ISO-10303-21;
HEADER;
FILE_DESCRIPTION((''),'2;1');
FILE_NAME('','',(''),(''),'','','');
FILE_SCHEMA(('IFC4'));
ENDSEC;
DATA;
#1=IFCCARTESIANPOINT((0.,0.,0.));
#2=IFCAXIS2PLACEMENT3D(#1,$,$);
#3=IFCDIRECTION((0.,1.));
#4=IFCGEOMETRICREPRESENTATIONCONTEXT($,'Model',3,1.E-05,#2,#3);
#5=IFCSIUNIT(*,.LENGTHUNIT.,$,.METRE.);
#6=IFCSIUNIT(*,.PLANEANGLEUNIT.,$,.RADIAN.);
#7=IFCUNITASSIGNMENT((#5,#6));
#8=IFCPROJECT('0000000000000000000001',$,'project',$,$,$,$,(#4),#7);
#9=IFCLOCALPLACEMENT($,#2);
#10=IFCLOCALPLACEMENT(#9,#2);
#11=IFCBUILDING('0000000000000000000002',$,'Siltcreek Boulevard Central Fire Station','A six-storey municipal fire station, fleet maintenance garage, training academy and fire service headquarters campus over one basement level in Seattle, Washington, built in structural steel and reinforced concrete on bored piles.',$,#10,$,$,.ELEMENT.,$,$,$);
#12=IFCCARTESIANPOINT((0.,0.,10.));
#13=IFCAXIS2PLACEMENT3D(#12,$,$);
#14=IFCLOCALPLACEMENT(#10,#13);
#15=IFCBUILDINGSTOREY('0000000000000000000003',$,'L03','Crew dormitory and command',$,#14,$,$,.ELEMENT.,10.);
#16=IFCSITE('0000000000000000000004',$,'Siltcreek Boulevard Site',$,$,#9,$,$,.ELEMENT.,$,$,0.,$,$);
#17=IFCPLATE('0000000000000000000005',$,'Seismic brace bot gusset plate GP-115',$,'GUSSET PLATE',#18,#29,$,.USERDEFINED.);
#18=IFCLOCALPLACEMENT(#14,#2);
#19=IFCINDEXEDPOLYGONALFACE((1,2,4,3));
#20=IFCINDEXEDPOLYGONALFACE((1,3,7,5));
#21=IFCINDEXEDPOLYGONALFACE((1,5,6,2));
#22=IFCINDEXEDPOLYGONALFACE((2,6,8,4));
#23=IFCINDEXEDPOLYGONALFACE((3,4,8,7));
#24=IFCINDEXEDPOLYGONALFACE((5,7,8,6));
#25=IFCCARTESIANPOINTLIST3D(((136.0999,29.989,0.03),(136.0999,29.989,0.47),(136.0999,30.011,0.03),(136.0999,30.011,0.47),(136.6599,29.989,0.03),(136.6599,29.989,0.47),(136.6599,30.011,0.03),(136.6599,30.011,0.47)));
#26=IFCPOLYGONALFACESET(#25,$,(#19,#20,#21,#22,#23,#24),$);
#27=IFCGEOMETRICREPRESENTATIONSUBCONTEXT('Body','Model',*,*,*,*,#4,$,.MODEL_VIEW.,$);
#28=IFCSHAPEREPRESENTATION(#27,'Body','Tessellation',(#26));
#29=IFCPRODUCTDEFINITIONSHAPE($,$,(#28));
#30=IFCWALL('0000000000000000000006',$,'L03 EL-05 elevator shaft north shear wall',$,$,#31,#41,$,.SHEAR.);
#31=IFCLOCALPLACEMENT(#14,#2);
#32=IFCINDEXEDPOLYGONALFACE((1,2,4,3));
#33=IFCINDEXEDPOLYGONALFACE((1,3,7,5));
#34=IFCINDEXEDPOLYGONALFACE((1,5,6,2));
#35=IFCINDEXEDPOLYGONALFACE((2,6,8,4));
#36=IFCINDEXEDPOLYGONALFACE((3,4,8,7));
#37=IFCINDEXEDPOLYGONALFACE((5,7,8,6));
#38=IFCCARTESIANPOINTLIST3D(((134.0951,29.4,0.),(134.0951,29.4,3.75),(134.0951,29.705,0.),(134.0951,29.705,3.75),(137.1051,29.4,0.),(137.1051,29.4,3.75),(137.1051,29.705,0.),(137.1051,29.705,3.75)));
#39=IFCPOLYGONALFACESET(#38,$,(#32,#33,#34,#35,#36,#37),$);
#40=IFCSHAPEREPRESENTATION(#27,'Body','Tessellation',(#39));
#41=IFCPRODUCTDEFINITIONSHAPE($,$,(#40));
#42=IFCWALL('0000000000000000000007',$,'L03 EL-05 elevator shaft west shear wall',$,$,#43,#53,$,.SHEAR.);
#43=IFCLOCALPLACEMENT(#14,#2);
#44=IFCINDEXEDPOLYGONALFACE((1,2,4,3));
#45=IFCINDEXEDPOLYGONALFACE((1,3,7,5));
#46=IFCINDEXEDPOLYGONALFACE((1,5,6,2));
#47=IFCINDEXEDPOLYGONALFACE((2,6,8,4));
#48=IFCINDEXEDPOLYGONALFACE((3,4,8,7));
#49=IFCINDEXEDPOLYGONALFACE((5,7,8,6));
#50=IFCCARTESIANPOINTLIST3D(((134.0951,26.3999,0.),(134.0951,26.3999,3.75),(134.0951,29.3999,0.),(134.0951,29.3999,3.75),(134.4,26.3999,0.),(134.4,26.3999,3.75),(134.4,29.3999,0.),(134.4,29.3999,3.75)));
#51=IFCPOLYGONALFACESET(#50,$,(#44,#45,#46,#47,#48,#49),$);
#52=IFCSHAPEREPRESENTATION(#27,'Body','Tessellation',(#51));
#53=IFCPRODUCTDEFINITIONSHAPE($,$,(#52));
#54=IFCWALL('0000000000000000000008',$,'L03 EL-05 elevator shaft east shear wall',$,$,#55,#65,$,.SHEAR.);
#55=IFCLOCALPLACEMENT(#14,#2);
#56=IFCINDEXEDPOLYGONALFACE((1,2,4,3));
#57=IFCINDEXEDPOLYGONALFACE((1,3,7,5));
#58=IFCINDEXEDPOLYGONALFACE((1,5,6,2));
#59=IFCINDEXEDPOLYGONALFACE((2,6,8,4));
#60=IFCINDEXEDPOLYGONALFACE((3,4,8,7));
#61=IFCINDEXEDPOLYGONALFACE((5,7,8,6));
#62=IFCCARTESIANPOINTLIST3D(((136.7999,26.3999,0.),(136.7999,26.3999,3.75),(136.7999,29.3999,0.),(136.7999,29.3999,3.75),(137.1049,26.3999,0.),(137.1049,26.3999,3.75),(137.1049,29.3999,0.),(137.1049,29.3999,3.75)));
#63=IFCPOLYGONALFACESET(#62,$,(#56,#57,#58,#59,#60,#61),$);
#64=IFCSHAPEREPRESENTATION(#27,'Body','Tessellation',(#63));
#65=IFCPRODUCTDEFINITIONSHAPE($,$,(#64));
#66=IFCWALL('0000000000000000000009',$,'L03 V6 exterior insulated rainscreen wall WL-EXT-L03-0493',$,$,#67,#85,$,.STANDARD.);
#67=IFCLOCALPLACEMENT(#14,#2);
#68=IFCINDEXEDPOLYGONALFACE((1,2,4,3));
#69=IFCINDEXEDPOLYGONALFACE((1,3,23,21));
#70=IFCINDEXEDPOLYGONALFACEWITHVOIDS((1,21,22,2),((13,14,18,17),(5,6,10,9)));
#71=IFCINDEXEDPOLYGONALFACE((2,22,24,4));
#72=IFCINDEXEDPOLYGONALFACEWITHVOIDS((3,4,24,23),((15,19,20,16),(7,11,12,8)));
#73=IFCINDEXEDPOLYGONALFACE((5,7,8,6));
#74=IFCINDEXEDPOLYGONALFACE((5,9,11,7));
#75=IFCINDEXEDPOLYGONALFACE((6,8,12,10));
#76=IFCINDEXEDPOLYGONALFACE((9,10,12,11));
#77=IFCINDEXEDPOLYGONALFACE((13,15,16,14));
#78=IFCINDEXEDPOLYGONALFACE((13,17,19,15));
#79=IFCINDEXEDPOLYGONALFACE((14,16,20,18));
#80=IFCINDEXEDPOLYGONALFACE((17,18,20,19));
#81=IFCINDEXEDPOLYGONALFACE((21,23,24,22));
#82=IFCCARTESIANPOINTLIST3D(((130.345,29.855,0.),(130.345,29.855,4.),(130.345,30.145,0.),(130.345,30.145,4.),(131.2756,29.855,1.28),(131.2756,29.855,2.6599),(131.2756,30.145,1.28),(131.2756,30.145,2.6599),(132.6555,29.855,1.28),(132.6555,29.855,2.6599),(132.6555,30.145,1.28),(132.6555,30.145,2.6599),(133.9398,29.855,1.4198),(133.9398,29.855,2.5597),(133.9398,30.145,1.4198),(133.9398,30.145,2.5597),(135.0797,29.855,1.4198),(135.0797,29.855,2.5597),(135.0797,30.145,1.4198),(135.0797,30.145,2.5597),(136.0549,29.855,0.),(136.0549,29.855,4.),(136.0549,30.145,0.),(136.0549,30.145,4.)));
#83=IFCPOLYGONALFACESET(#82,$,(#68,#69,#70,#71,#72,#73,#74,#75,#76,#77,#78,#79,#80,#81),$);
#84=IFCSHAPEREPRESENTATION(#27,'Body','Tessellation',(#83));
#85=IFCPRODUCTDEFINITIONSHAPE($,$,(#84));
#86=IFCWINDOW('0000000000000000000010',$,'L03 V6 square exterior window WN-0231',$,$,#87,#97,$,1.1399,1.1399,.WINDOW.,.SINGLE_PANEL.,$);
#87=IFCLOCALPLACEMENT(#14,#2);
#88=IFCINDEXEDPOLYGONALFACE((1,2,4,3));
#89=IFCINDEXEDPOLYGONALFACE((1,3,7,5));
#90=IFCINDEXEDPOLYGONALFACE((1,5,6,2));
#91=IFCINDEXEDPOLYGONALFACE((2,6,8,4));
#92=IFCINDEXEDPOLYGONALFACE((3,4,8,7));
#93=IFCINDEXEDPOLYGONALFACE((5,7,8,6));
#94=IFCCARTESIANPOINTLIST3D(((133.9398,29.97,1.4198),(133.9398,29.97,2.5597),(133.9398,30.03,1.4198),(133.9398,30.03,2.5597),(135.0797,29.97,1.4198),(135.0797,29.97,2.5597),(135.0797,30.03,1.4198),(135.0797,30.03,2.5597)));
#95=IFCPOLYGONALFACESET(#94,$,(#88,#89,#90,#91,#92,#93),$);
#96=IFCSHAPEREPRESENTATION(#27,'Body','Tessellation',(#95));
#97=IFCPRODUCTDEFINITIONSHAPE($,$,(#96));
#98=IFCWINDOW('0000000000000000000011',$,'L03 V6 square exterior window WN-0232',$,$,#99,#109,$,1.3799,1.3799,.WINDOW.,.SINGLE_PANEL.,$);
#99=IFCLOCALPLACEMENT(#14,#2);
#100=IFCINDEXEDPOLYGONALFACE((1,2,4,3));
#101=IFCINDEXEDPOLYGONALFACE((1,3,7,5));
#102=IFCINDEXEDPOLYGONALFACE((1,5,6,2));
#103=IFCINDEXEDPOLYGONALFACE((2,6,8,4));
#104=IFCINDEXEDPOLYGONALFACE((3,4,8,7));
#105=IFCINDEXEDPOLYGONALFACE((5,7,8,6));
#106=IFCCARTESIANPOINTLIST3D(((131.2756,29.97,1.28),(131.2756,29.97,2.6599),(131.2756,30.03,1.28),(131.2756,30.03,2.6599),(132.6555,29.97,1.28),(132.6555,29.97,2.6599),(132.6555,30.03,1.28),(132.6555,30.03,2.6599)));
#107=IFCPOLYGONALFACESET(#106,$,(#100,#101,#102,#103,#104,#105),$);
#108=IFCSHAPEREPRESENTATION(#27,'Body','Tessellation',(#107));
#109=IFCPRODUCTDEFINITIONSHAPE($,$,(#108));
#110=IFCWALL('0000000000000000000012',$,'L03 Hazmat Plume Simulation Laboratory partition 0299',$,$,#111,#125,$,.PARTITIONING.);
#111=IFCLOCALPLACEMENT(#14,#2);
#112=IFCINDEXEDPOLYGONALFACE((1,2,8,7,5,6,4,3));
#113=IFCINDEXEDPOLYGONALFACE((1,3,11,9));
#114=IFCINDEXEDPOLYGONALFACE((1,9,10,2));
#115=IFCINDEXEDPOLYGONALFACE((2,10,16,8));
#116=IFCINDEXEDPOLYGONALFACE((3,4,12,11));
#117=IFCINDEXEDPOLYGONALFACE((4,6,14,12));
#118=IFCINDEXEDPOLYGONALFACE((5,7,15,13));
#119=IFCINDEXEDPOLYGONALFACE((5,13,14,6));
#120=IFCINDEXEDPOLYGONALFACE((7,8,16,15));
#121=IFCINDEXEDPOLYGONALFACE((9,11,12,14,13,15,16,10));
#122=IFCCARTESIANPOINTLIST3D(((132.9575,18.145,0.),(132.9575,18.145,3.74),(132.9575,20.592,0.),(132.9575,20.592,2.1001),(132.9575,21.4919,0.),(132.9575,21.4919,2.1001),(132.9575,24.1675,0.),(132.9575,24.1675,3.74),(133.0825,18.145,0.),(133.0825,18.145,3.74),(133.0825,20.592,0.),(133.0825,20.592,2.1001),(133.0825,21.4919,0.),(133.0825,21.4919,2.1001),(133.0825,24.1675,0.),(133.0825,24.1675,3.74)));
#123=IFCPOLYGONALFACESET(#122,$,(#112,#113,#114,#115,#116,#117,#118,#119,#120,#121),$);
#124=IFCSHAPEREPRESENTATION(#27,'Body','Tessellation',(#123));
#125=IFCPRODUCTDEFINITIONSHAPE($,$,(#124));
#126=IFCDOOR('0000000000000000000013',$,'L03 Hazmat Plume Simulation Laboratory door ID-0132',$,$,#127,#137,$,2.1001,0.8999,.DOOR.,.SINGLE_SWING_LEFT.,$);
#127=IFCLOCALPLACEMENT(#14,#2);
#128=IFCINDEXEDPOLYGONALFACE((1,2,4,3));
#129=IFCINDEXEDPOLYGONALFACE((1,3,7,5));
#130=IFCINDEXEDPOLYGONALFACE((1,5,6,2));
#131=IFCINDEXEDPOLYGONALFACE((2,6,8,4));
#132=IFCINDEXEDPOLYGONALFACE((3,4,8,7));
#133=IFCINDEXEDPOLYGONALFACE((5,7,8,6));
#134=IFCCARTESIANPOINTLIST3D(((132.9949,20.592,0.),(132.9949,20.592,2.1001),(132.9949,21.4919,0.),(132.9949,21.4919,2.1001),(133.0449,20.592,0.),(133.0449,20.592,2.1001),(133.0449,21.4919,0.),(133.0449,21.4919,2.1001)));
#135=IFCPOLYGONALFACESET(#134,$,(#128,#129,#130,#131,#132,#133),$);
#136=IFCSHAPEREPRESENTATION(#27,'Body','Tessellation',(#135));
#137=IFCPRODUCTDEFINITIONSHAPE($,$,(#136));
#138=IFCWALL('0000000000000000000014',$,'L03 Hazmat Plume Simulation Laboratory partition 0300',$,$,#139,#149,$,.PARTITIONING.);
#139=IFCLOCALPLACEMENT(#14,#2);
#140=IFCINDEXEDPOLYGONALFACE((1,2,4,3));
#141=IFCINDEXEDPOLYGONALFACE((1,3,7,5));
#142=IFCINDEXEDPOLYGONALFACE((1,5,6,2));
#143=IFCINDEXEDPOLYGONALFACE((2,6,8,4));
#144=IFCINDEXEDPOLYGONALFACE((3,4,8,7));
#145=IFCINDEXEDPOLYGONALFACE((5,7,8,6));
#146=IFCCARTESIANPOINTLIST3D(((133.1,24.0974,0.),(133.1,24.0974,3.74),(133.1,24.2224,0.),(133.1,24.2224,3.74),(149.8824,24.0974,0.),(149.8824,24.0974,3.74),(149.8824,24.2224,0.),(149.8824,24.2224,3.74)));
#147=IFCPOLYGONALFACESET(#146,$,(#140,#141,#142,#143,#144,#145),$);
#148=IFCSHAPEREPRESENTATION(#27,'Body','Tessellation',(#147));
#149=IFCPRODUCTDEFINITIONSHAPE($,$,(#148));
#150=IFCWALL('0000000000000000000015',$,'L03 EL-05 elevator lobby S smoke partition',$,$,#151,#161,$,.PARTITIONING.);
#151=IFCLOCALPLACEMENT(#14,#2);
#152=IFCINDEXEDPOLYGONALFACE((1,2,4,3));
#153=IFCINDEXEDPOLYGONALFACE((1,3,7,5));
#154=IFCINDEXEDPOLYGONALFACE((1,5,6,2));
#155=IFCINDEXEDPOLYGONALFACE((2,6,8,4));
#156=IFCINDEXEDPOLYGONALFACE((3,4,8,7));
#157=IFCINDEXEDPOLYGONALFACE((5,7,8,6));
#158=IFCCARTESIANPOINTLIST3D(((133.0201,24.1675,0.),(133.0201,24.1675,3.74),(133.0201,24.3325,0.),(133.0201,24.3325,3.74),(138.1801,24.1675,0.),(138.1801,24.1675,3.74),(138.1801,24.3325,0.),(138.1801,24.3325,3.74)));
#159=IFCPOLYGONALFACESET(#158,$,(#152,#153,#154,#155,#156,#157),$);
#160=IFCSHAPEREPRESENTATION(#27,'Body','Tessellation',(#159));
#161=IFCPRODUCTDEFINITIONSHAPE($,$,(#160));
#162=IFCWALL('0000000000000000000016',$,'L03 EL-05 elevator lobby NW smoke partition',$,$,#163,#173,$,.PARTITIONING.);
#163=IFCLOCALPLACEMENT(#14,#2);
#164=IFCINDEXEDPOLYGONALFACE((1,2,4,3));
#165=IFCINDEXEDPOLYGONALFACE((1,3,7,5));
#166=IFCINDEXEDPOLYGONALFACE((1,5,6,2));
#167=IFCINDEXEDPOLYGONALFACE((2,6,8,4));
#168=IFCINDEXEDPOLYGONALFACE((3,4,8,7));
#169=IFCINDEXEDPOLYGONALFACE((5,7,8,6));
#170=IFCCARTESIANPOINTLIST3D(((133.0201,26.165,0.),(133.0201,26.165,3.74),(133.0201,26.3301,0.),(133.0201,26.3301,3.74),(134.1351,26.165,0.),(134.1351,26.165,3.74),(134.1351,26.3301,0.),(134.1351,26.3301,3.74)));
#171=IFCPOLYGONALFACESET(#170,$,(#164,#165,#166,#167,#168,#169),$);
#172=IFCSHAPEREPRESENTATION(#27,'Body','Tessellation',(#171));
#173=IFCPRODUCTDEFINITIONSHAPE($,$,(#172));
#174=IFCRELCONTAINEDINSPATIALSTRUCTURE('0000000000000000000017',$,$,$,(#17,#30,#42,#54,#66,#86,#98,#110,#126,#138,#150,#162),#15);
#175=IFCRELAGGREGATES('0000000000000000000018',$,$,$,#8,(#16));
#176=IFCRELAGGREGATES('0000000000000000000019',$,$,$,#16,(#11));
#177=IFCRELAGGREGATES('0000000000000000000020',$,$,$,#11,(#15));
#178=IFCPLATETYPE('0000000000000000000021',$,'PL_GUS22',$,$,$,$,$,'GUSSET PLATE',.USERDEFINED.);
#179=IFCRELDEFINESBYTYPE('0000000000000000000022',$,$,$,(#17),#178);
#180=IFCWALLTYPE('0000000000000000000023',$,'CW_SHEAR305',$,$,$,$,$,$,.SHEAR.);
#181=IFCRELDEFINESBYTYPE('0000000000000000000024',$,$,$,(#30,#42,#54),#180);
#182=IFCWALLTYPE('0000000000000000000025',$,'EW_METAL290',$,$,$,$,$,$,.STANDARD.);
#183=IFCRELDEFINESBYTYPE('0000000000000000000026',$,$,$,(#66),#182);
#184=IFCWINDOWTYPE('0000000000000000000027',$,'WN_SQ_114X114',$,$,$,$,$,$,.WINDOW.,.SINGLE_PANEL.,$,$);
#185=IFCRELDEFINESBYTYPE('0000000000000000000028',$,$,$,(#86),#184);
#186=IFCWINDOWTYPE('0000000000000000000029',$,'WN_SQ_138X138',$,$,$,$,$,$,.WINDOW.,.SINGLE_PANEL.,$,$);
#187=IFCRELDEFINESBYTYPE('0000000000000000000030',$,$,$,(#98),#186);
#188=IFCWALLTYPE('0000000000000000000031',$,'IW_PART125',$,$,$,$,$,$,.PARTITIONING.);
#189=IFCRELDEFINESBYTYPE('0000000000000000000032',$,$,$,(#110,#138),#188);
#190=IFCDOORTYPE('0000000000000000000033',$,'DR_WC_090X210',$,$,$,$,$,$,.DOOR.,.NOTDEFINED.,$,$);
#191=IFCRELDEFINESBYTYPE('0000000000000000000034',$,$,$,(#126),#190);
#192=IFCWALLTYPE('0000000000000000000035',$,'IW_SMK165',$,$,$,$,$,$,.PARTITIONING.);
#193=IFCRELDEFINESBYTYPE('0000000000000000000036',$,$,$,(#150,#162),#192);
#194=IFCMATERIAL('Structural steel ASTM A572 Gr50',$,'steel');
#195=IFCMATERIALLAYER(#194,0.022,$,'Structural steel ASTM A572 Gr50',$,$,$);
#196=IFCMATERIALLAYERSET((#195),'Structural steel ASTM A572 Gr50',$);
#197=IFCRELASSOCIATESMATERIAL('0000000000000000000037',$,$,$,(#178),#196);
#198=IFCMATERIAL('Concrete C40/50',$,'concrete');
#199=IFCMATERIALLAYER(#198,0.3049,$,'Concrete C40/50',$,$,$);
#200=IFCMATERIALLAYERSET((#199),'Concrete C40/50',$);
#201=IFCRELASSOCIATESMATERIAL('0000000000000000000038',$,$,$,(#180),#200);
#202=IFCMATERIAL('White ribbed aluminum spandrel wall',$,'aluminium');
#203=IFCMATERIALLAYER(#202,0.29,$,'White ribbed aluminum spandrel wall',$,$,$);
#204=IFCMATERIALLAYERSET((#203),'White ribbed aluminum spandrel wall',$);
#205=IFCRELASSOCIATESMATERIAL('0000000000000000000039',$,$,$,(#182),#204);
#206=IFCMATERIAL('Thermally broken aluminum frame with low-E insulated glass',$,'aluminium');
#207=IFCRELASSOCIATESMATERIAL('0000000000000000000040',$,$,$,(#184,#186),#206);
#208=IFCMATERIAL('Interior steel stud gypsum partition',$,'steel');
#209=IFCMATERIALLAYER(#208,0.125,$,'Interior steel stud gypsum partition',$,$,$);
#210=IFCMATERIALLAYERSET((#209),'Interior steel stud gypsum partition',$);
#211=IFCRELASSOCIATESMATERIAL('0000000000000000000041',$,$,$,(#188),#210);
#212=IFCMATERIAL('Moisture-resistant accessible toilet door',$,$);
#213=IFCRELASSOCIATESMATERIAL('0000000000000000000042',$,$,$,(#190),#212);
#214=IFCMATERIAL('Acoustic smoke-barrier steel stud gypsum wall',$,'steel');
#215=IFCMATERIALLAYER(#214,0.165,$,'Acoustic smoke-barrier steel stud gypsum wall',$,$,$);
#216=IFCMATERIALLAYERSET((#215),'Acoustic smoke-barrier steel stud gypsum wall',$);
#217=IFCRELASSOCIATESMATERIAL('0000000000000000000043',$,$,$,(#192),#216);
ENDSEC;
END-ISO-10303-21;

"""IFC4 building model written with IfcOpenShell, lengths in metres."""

from ifc_helpers import new_model, si_unit, direction, frame, frame_2d, origin, origin_2d, place, context, subcontext, project, spatial, rectangle, extrude, material, layer, layer_set, type_object, element, fill, save


model = new_model("IFC4")

# Units and contexts
model_context = context("Model", 3, precision=1e-05, world=origin(), true_north=direction((0.0, 1.0)))
body_context = subcontext(model_context, "Body", "Model", "MODEL_VIEW")
ifc_project = project(units=[si_unit("LENGTHUNIT", "METRE"), si_unit("PLANEANGLEUNIT", "RADIAN")], contexts=[model_context])

# Site, building, storey
site_placement = place(None, origin())
site = spatial("IfcSite", under=ifc_project, at=site_placement, Name="Siltcreek Boulevard Site", CompositionType="ELEMENT", RefElevation=0.0)
building_placement = place(site_placement, origin())
building = spatial("IfcBuilding", under=site, at=building_placement, Name="Siltcreek Boulevard Central Fire Station", Description="A six-storey municipal fire station, fleet maintenance garage, training academy and fire service headquarters campus over one basement level in Seattle, Washington, built in structural steel and reinforced concrete on bored piles.", CompositionType="ELEMENT")
storey_placement = place(building_placement, frame((0.0, 0.0, 10.0)))
storey = spatial("IfcBuildingStorey", under=building, at=storey_placement, Name="L03", Description="Crew dormitory and command", CompositionType="ELEMENT", Elevation=10.0)

# Plate
ifc_material_1 = material(Name="Structural steel ASTM A572 Gr50", Category="steel")
ifc_layer_1 = layer(ifc_material_1, 0.022, Name="Structural steel ASTM A572 Gr50")
ifc_layer_set_1 = layer_set([ifc_layer_1], Name="Structural steel ASTM A572 Gr50")
plate_type_1 = type_object("IfcPlateType", Name="PL_GUS22", ElementType="GUSSET PLATE", PredefinedType="USERDEFINED", material=ifc_layer_set_1)
plate_1_placement = place(storey_placement, frame((136.3799, 30.0, 0.03), z_axis=(0.0, 0.0, 1.0), x_axis=(1.0, 0.0, 0.0)))
element("IfcPlate", 1, at=plate_1_placement, inside=storey, type_object=plate_type_1, Name="Seismic brace bot gusset plate GP-115", ObjectType="GUSSET PLATE", PredefinedType="USERDEFINED", context=body_context, shape_type="SweptSolid", body=[
    extrude(rectangle(XDim=0.5601, YDim=0.022, at=origin_2d()), origin(), (0.0, 0.0, 1.0), 0.4399),
])

# Shared definitions
ifc_material_2 = material(Name="Concrete C40/50", Category="concrete")
ifc_layer_2 = layer(ifc_material_2, 0.3049, Name="Concrete C40/50")
ifc_layer_set_2 = layer_set([ifc_layer_2], Name="Concrete C40/50")
wall_type_1 = type_object("IfcWallType", Name="CW_SHEAR305", PredefinedType="SHEAR", material=ifc_layer_set_2)

# Walls
wall_1_placement = place(storey_placement, frame((137.105, 29.5525, 0.0), z_axis=(0.0, 0.0, 1.0), x_axis=(-1.0, 0.0, 0.0)))
element("IfcWall", 2, at=wall_1_placement, inside=storey, type_object=wall_type_1, Name="L03 EL-05 elevator shaft north shear wall", PredefinedType="SHEAR", context=body_context, shape_type="SweptSolid", body=[
    extrude(rectangle(XDim=3.01, YDim=0.3049, at=frame_2d((1.5049, 0.0))), origin(), (0.0, 0.0, 1.0), 3.75),
])
for number, where, z_axis, x_axis, name in (
    (3, (134.2476, 29.3999, 0.0), (0.0, 0.0, 1.0), (0.0, -1.0, 0.0), "L03 EL-05 elevator shaft west shear wall"),
    (4, (136.9524, 26.3999, 0.0), (0.0, 0.0, 1.0), (0.0, 1.0, 0.0), "L03 EL-05 elevator shaft east shear wall"),
):
    element("IfcWall", number, at=place(storey_placement, frame(where, z_axis=z_axis, x_axis=x_axis)), inside=storey, type_object=wall_type_1, Name=name, PredefinedType="SHEAR", context=body_context, shape_type="SweptSolid", body=[
        extrude(rectangle(XDim=3.0, YDim=0.3049, at=frame_2d((1.5, 0.0))), origin(), (0.0, 0.0, 1.0), 3.75),
    ])

# Wall, openings, windows
ifc_material_3 = material(Name="White ribbed aluminum spandrel wall", Category="aluminium")
ifc_layer_3 = layer(ifc_material_3, 0.29, Name="White ribbed aluminum spandrel wall")
ifc_layer_set_3 = layer_set([ifc_layer_3], Name="White ribbed aluminum spandrel wall")
wall_type_2 = type_object("IfcWallType", Name="EW_METAL290", PredefinedType="STANDARD", material=ifc_layer_set_3)
wall_2_placement = place(storey_placement, frame((136.0549, 30.0, 0.0), z_axis=(0.0, 0.0, 1.0), x_axis=(-1.0, 0.0, 0.0)))
wall_2 = element("IfcWall", 5, at=wall_2_placement, inside=storey, type_object=wall_type_2, Name="L03 V6 exterior insulated rainscreen wall WL-EXT-L03-0493", PredefinedType="STANDARD", context=body_context, shape_type="SweptSolid", body=[
    extrude(rectangle(XDim=5.71, YDim=0.29, at=frame_2d((2.855, 0.0))), origin(), (0.0, 0.0, 1.0), 4.0),
])
opening_1_placement = place(wall_2_placement, frame((0.9753, 0.0, 1.4199)))
opening_1 = element("IfcOpeningElement", 6, at=opening_1_placement, cuts=wall_2, PredefinedType="OPENING", context=body_context, shape_type="SweptSolid", body=[
    extrude(rectangle(XDim=1.1399, YDim=1.1399, at=frame_2d((0.5698, 0.5698))), frame((0.0, 0.155, 0.0), z_axis=(0.0, -1.0, 0.0), x_axis=(1.0, 0.0, 0.0)), (0.0, 0.0, 1.0), 0.3101),
])
opening_2_placement = place(wall_2_placement, frame((3.3994, 0.0, 1.28)))
opening_2 = element("IfcOpeningElement", 7, at=opening_2_placement, cuts=wall_2, PredefinedType="OPENING", context=body_context, shape_type="SweptSolid", body=[
    extrude(rectangle(XDim=1.3799, YDim=1.3799, at=frame_2d((0.6899, 0.6899))), frame((0.0, 0.155, 0.0), z_axis=(0.0, -1.0, 0.0), x_axis=(1.0, 0.0, 0.0)), (0.0, 0.0, 1.0), 0.3101),
])
ifc_material_4 = material(Name="Thermally broken aluminum frame with low-E insulated glass", Category="aluminium")
window_type_1 = type_object("IfcWindowType", Name="WN_SQ_114X114", PartitioningType="SINGLE_PANEL", PredefinedType="WINDOW", material=ifc_material_4)
window_1_placement = place(opening_1_placement, origin())
window_1 = element("IfcWindow", 8, at=window_1_placement, inside=storey, type_object=window_type_1, Name="L03 V6 square exterior window WN-0231", OverallHeight=1.1399, OverallWidth=1.1399, PartitioningType="SINGLE_PANEL", PredefinedType="WINDOW", context=body_context, shape_type="SweptSolid", body=[
    extrude(rectangle(XDim=1.1399, YDim=1.1399, at=frame_2d((0.5698, 0.5698))), frame((0.0, 0.03, 0.0), z_axis=(0.0, -1.0, 0.0), x_axis=(1.0, 0.0, 0.0)), (0.0, 0.0, 1.0), 0.0601),
])
fill(opening_1, window_1)
window_type_2 = type_object("IfcWindowType", Name="WN_SQ_138X138", PartitioningType="SINGLE_PANEL", PredefinedType="WINDOW", material=ifc_material_4)
window_2_placement = place(opening_2_placement, origin())
window_2 = element("IfcWindow", 9, at=window_2_placement, inside=storey, type_object=window_type_2, Name="L03 V6 square exterior window WN-0232", OverallHeight=1.3799, OverallWidth=1.3799, PartitioningType="SINGLE_PANEL", PredefinedType="WINDOW", context=body_context, shape_type="SweptSolid", body=[
    extrude(rectangle(XDim=1.3799, YDim=1.3799, at=frame_2d((0.6899, 0.6899))), frame((0.0, 0.03, 0.0), z_axis=(0.0, -1.0, 0.0), x_axis=(1.0, 0.0, 0.0)), (0.0, 0.0, 1.0), 0.0601),
])
fill(opening_2, window_2)

# Wall, opening, door
ifc_material_5 = material(Name="Interior steel stud gypsum partition", Category="steel")
ifc_layer_4 = layer(ifc_material_5, 0.125, Name="Interior steel stud gypsum partition")
ifc_layer_set_4 = layer_set([ifc_layer_4], Name="Interior steel stud gypsum partition")
wall_type_3 = type_object("IfcWallType", Name="IW_PART125", PredefinedType="PARTITIONING", material=ifc_layer_set_4)
wall_3_placement = place(storey_placement, frame((133.02, 18.145, 0.0), z_axis=(0.0, 0.0, 1.0), x_axis=(0.0, 1.0, 0.0)))
wall_3 = element("IfcWall", 10, at=wall_3_placement, inside=storey, type_object=wall_type_3, Name="L03 Hazmat Plume Simulation Laboratory partition 0299", PredefinedType="PARTITIONING", context=body_context, shape_type="SweptSolid", body=[
    extrude(rectangle(XDim=6.0225, YDim=0.125, at=frame_2d((3.0112, 0.0))), origin(), (0.0, 0.0, 1.0), 3.74),
])
opening_3_placement = place(wall_3_placement, frame((2.447, 0.0, 0.0)))
opening_3 = element("IfcOpeningElement", 11, at=opening_3_placement, cuts=wall_3, PredefinedType="OPENING", context=body_context, shape_type="SweptSolid", body=[
    extrude(rectangle(XDim=0.8999, YDim=2.1001, at=frame_2d((0.45, 1.05))), frame((0.0, 0.0725, 0.0), z_axis=(0.0, -1.0, 0.0), x_axis=(1.0, 0.0, 0.0)), (0.0, 0.0, 1.0), 0.145),
])
ifc_material_6 = material(Name="Moisture-resistant accessible toilet door")
door_type_1 = type_object("IfcDoorType", Name="DR_WC_090X210", OperationType="NOTDEFINED", PredefinedType="DOOR", material=ifc_material_6)
door_1_placement = place(opening_3_placement, frame((0.8999, 0.0, 0.0), z_axis=(0.0, 0.0, 1.0), x_axis=(-1.0, 0.0, 0.0)))
door_1 = element("IfcDoor", 12, at=door_1_placement, inside=storey, type_object=door_type_1, Name="L03 Hazmat Plume Simulation Laboratory door ID-0132", OperationType="SINGLE_SWING_LEFT", OverallHeight=2.1001, OverallWidth=0.8999, PredefinedType="DOOR", context=body_context, shape_type="SweptSolid", body=[
    extrude(rectangle(XDim=0.8999, YDim=2.1001, at=frame_2d((0.45, 1.05))), frame((0.0, 0.0249, 0.0), z_axis=(0.0, -1.0, 0.0), x_axis=(1.0, 0.0, 0.0)), (0.0, 0.0, 1.0), 0.05),
])
fill(opening_3, door_1)

# Walls
wall_4_placement = place(storey_placement, frame((133.1001, 24.1599, 0.0), z_axis=(0.0, 0.0, 1.0), x_axis=(1.0, 0.0, 0.0)))
element("IfcWall", 13, at=wall_4_placement, inside=storey, type_object=wall_type_3, Name="L03 Hazmat Plume Simulation Laboratory partition 0300", PredefinedType="PARTITIONING", context=body_context, shape_type="SweptSolid", body=[
    extrude(rectangle(XDim=16.7825, YDim=0.125, at=frame_2d((8.3911, 0.0))), origin(), (0.0, 0.0, 1.0), 3.74),
])
ifc_material_7 = material(Name="Acoustic smoke-barrier steel stud gypsum wall", Category="steel")
ifc_layer_5 = layer(ifc_material_7, 0.165, Name="Acoustic smoke-barrier steel stud gypsum wall")
ifc_layer_set_5 = layer_set([ifc_layer_5], Name="Acoustic smoke-barrier steel stud gypsum wall")
wall_type_4 = type_object("IfcWallType", Name="IW_SMK165", PredefinedType="PARTITIONING", material=ifc_layer_set_5)
wall_5_placement = place(storey_placement, frame((133.02, 24.25, 0.0), z_axis=(0.0, 0.0, 1.0), x_axis=(1.0, 0.0, 0.0)))
element("IfcWall", 14, at=wall_5_placement, inside=storey, type_object=wall_type_4, Name="L03 EL-05 elevator lobby S smoke partition", PredefinedType="PARTITIONING", context=body_context, shape_type="SweptSolid", body=[
    extrude(rectangle(XDim=5.1599, YDim=0.165, at=frame_2d((2.5801, 0.0))), origin(), (0.0, 0.0, 1.0), 3.74),
])
for number, where, z_axis, x_axis, name in (
    (15, (133.02, 26.2476, 0.0), (0.0, 0.0, 1.0), (1.0, 0.0, 0.0), "L03 EL-05 elevator lobby NW smoke partition"),
):
    element("IfcWall", number, at=place(storey_placement, frame(where, z_axis=z_axis, x_axis=x_axis)), inside=storey, type_object=wall_type_4, Name=name, PredefinedType="PARTITIONING", context=body_context, shape_type="SweptSolid", body=[
        extrude(rectangle(XDim=1.115, YDim=0.165, at=frame_2d((0.5576, 0.0))), origin(), (0.0, 0.0, 1.0), 3.74),
    ])

save(model, "model.ifc")
